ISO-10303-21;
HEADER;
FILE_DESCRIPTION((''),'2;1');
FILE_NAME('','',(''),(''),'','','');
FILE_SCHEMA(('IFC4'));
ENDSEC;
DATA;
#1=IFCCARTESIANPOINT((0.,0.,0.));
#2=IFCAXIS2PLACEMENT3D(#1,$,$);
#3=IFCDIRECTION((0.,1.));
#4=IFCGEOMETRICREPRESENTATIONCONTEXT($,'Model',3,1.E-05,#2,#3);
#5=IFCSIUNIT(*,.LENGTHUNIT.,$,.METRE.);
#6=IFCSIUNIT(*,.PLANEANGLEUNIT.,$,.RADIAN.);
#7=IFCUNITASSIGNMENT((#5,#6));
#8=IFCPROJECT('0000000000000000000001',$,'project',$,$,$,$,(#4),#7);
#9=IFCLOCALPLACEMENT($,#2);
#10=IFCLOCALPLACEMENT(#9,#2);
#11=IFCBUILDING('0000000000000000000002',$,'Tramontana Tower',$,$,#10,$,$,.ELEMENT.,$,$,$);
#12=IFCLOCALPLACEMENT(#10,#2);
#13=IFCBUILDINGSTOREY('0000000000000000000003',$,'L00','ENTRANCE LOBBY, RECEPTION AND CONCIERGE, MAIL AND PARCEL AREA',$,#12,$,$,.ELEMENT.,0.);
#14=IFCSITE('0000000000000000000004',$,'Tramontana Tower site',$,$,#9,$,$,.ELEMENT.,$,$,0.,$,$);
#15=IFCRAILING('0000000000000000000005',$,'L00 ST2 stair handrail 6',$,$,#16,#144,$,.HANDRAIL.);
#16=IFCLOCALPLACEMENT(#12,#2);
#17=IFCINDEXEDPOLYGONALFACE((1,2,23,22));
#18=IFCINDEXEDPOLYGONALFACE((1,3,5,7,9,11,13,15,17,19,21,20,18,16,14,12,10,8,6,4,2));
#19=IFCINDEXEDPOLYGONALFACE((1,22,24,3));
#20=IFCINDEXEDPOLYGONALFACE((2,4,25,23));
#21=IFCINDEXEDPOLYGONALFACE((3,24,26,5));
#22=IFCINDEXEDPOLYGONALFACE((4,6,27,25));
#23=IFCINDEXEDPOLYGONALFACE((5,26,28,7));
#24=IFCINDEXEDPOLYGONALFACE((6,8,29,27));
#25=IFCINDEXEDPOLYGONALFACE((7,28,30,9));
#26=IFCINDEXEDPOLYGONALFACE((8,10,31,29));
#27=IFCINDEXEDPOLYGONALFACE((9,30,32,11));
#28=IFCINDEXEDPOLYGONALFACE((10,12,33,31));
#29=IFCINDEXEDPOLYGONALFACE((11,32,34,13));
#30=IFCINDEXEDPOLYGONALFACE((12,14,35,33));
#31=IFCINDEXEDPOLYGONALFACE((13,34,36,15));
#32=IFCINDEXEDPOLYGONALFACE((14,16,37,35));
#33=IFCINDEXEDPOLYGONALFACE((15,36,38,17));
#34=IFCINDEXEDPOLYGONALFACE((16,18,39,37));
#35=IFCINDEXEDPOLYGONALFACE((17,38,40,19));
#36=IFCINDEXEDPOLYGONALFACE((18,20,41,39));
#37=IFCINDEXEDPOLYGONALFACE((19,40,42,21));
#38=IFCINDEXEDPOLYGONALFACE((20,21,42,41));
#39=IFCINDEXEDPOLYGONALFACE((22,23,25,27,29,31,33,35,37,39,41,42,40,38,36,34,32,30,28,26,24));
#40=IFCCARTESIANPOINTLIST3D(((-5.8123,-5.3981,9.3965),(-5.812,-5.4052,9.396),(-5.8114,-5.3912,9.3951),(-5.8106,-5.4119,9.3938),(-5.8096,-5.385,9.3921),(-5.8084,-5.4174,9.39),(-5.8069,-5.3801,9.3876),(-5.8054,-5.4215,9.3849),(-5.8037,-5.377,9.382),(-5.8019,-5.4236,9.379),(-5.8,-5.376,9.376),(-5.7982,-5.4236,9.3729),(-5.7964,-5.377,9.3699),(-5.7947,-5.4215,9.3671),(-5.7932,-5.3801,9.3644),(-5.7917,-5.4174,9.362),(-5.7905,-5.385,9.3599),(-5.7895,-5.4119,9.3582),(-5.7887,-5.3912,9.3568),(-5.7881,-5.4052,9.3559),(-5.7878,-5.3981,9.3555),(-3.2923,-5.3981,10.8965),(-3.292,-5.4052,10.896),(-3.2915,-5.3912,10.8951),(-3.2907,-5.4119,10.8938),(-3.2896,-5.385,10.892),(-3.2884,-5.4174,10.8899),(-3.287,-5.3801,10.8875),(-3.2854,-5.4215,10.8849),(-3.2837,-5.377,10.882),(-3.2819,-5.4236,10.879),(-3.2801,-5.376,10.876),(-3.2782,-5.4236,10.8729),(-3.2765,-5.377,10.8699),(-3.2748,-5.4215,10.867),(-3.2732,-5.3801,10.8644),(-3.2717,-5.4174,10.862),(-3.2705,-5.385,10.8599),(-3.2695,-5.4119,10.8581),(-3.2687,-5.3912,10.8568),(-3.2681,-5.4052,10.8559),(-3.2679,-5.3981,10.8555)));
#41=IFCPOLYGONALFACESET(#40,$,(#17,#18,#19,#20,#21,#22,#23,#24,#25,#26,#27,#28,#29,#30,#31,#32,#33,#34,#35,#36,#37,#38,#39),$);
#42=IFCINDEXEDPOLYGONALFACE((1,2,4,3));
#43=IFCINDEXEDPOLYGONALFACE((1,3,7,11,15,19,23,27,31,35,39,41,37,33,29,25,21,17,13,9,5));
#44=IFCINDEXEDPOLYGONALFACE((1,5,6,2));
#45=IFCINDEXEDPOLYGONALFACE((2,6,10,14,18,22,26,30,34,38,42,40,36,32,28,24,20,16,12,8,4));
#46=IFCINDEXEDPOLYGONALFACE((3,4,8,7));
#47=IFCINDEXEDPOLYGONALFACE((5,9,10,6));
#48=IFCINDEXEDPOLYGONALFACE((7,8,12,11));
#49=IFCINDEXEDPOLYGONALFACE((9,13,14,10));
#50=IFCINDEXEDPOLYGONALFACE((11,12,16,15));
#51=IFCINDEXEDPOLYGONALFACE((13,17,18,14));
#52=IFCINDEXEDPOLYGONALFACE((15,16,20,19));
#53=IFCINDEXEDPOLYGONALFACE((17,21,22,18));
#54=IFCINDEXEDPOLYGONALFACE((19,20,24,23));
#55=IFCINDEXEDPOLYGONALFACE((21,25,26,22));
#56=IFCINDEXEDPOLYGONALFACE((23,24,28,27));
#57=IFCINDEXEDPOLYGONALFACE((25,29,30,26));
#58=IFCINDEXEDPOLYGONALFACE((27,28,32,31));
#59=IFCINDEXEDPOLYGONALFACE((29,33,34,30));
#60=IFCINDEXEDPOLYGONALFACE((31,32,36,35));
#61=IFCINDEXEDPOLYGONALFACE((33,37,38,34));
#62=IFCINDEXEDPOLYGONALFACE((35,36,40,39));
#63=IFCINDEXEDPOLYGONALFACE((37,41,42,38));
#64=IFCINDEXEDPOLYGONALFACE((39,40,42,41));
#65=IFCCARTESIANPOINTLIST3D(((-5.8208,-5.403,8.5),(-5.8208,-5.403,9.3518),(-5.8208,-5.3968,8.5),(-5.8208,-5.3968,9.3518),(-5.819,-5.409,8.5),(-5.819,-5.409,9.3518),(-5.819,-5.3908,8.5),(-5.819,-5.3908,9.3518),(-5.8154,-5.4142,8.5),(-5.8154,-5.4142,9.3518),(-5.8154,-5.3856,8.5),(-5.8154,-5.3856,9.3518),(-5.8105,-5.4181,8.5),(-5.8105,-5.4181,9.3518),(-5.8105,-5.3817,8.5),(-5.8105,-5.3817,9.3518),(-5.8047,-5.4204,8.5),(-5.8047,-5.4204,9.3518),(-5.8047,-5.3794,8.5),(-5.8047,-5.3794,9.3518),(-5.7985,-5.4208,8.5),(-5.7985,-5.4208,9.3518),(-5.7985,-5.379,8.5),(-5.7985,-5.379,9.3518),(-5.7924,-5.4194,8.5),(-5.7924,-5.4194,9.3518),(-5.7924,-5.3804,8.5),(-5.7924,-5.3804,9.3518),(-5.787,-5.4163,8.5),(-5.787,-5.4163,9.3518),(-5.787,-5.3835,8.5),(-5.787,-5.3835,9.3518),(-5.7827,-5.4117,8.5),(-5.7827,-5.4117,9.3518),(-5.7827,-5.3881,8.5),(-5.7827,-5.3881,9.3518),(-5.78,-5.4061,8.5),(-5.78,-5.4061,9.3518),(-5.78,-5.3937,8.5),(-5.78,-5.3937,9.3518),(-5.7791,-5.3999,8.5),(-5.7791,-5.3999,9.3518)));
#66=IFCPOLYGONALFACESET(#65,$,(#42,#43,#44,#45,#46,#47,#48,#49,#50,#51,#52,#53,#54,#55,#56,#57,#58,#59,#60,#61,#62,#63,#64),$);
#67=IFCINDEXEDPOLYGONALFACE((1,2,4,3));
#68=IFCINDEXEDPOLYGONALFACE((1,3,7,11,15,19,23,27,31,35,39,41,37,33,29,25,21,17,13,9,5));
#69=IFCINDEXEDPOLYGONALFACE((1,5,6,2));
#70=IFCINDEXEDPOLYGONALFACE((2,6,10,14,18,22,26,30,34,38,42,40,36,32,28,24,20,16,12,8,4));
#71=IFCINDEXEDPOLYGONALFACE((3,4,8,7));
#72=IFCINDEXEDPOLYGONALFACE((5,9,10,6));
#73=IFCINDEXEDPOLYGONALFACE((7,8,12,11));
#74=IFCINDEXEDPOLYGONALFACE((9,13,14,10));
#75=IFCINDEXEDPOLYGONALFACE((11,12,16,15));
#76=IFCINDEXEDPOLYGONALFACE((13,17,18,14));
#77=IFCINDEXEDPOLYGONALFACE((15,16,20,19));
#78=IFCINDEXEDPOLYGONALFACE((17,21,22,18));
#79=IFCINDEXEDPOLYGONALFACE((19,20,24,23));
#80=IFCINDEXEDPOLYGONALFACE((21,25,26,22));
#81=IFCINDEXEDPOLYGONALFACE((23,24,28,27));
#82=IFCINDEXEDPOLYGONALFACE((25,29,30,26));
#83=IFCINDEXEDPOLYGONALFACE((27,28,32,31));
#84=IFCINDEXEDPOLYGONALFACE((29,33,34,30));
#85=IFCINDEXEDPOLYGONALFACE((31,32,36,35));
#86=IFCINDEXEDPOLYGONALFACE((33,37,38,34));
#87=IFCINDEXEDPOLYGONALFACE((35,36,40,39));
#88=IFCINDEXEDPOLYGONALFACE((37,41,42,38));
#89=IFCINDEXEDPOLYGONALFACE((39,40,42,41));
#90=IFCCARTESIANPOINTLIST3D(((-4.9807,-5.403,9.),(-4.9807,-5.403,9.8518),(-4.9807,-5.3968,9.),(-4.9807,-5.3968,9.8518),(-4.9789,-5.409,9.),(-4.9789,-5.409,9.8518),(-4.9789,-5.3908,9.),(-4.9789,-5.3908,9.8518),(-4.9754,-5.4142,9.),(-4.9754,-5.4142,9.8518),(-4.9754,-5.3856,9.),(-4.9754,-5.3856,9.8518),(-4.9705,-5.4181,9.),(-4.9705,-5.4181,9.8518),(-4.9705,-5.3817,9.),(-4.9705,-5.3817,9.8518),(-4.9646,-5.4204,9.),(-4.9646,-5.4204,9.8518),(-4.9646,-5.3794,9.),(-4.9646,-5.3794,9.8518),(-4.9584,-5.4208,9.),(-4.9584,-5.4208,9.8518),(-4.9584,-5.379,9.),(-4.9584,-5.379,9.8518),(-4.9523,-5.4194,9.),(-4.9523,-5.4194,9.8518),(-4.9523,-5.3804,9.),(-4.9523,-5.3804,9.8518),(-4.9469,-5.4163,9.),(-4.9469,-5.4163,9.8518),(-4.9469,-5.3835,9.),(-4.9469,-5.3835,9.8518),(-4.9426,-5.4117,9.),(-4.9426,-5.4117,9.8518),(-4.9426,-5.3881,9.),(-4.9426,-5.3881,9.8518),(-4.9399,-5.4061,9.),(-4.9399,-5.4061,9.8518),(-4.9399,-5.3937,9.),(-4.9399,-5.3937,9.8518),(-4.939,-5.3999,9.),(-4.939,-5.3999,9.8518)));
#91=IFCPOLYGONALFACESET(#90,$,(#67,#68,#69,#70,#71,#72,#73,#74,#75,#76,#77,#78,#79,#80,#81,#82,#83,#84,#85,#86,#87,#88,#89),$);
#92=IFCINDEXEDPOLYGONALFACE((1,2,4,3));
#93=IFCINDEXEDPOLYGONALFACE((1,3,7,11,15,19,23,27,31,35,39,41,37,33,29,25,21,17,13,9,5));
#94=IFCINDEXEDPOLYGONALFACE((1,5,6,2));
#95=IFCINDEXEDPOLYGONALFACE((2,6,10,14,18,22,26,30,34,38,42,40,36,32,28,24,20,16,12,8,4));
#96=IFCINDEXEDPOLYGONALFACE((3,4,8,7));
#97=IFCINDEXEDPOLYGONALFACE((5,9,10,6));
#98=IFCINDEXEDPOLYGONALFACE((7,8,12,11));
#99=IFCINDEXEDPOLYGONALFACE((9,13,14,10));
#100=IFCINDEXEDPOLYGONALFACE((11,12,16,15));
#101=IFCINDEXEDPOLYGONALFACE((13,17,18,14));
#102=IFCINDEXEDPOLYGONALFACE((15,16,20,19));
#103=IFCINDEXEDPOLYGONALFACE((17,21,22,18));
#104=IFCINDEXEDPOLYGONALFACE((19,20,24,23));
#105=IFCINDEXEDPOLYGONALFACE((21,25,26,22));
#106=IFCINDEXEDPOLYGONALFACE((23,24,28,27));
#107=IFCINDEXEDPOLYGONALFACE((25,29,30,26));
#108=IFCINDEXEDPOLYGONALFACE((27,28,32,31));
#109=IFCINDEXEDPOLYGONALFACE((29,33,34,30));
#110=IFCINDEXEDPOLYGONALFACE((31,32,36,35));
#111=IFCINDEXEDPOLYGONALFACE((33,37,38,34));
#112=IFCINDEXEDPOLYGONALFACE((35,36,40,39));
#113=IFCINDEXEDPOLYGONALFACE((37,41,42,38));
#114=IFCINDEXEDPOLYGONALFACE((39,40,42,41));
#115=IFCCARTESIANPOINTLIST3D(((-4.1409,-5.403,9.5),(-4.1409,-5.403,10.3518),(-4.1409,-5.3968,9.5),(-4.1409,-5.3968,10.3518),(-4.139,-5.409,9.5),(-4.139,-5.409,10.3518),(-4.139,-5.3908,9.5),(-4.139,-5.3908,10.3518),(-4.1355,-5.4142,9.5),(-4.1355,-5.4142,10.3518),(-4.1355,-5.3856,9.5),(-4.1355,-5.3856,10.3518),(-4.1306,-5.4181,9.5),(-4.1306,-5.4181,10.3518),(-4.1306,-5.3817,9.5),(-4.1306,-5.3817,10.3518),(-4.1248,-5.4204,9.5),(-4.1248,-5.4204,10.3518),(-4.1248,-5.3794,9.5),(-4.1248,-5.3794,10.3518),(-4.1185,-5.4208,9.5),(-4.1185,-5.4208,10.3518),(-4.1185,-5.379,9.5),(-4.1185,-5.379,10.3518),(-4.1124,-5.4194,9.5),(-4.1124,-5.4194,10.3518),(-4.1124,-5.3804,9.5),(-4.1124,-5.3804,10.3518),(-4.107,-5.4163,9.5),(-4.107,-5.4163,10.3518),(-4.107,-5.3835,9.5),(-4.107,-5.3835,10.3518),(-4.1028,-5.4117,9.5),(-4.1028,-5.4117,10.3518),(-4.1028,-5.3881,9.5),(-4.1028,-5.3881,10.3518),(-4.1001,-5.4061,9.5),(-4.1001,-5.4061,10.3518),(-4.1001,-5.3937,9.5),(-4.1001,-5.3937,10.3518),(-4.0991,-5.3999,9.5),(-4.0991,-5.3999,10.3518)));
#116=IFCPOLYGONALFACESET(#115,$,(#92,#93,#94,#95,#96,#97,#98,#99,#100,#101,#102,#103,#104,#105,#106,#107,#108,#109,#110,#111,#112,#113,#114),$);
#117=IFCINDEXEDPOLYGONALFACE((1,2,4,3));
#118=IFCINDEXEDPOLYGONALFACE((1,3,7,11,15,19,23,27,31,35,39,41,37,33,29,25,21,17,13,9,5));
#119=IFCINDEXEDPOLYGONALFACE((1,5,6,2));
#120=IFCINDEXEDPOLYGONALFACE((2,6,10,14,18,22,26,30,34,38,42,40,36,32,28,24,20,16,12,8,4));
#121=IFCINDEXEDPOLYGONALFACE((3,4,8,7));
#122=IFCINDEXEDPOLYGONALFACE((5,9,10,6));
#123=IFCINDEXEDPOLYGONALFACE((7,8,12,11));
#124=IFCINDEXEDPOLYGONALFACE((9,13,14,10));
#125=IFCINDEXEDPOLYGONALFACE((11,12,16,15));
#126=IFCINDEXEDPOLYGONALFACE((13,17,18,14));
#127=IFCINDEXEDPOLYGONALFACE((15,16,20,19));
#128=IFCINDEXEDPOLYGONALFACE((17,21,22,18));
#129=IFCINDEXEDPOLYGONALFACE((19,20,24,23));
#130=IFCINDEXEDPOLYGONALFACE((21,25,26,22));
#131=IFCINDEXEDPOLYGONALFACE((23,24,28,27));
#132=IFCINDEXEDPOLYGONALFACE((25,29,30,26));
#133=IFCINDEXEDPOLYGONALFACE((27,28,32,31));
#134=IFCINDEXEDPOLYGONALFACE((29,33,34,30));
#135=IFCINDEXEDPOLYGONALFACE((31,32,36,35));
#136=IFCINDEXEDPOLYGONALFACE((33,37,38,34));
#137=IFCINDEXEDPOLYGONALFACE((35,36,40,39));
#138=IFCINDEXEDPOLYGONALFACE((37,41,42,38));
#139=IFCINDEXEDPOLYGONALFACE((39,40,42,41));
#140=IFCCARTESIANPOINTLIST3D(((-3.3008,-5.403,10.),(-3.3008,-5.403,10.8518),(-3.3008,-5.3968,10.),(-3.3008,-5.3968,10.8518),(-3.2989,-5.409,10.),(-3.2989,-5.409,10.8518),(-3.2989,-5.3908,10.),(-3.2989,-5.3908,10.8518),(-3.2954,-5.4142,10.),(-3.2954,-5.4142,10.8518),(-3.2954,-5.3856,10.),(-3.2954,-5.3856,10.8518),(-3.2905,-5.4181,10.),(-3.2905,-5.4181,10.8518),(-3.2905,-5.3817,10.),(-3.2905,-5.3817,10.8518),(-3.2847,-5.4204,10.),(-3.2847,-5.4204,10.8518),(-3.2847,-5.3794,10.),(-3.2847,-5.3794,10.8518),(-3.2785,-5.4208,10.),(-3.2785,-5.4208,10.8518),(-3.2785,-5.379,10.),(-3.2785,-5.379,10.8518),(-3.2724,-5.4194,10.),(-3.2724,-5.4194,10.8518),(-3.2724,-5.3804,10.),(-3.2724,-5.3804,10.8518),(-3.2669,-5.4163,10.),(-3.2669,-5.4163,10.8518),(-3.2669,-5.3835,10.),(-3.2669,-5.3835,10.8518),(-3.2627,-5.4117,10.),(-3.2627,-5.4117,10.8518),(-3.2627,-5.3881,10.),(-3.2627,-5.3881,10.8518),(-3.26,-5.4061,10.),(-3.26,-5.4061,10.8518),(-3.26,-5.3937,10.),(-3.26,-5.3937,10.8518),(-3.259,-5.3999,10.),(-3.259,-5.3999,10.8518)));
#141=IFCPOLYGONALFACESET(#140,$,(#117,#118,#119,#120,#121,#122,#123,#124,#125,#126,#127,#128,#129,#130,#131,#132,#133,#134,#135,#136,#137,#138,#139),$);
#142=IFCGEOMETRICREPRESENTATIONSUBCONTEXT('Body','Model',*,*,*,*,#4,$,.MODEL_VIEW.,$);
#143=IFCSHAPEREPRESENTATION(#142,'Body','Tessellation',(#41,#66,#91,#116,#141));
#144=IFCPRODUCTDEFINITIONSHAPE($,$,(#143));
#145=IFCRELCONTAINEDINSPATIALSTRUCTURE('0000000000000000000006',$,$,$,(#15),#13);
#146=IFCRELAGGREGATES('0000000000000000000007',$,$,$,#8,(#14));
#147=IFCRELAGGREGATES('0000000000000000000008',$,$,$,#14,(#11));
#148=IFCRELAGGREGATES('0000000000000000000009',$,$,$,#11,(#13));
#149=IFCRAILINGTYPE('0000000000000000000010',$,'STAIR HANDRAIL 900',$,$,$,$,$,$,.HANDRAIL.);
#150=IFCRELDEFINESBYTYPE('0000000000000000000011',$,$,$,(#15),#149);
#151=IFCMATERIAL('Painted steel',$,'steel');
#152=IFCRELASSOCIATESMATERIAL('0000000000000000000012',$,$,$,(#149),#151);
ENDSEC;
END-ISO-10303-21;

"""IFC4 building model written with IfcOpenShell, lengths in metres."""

from ifc_helpers import new_model, si_unit, direction, frame, origin, origin_2d, place, context, subcontext, project, spatial, circle, extrude, material, type_object, element, save


model = new_model("IFC4")

# Units and contexts
model_context = context("Model", 3, precision=1e-05, world=origin(), true_north=direction((0.0, 1.0)))
body_context = subcontext(model_context, "Body", "Model", "MODEL_VIEW")
ifc_project = project(units=[si_unit("LENGTHUNIT", "METRE"), si_unit("PLANEANGLEUNIT", "RADIAN")], contexts=[model_context])

# Site, building, storey
site_placement = place(None, origin())
site = spatial("IfcSite", under=ifc_project, at=site_placement, Name="Tramontana Tower site", CompositionType="ELEMENT", RefElevation=0.0)
building_placement = place(site_placement, origin())
building = spatial("IfcBuilding", under=site, at=building_placement, Name="Tramontana Tower", CompositionType="ELEMENT")
storey_placement = place(building_placement, origin())
storey = spatial("IfcBuildingStorey", under=building, at=storey_placement, Name="L00", Description="ENTRANCE LOBBY, RECEPTION AND CONCIERGE, MAIL AND PARCEL AREA", CompositionType="ELEMENT", Elevation=0.0)

# Railing
ifc_material_1 = material(Name="Painted steel", Category="steel")
railing_type = type_object("IfcRailingType", Name="STAIR HANDRAIL 900", PredefinedType="HANDRAIL", material=ifc_material_1)
for number, where, name in (
    (1, (-5.8, -5.3999, 8.5), "L00 ST2 stair handrail 6"),
):
    element("IfcRailing", number, at=place(storey_placement, frame(where)), inside=storey, type_object=railing_type, Name=name, PredefinedType="HANDRAIL", context=body_context, shape_type="SweptSolid", body=[
        extrude(circle(Radius=0.0239, at=origin_2d()), frame((0.0, 0.0, 0.876), z_axis=(0.859295, 0.0, 0.511481), x_axis=(0.0, 1.0, 0.0)), (0.0, 0.0, 1.0), 2.9326),
        extrude(circle(Radius=0.021, at=origin_2d()), origin(), (0.0, 0.0, 1.0), 0.8518),
        extrude(circle(Radius=0.021, at=origin_2d()), frame((0.8401, 0.0, 0.5)), (0.0, 0.0, 1.0), 0.8518),
        extrude(circle(Radius=0.021, at=origin_2d()), frame((1.6799, 0.0, 1.0)), (0.0, 0.0, 1.0), 0.8518),
        extrude(circle(Radius=0.021, at=origin_2d()), frame((2.52, 0.0, 1.5)), (0.0, 0.0, 1.0), 0.8518),
    ])

save(model, "model.ifc")
